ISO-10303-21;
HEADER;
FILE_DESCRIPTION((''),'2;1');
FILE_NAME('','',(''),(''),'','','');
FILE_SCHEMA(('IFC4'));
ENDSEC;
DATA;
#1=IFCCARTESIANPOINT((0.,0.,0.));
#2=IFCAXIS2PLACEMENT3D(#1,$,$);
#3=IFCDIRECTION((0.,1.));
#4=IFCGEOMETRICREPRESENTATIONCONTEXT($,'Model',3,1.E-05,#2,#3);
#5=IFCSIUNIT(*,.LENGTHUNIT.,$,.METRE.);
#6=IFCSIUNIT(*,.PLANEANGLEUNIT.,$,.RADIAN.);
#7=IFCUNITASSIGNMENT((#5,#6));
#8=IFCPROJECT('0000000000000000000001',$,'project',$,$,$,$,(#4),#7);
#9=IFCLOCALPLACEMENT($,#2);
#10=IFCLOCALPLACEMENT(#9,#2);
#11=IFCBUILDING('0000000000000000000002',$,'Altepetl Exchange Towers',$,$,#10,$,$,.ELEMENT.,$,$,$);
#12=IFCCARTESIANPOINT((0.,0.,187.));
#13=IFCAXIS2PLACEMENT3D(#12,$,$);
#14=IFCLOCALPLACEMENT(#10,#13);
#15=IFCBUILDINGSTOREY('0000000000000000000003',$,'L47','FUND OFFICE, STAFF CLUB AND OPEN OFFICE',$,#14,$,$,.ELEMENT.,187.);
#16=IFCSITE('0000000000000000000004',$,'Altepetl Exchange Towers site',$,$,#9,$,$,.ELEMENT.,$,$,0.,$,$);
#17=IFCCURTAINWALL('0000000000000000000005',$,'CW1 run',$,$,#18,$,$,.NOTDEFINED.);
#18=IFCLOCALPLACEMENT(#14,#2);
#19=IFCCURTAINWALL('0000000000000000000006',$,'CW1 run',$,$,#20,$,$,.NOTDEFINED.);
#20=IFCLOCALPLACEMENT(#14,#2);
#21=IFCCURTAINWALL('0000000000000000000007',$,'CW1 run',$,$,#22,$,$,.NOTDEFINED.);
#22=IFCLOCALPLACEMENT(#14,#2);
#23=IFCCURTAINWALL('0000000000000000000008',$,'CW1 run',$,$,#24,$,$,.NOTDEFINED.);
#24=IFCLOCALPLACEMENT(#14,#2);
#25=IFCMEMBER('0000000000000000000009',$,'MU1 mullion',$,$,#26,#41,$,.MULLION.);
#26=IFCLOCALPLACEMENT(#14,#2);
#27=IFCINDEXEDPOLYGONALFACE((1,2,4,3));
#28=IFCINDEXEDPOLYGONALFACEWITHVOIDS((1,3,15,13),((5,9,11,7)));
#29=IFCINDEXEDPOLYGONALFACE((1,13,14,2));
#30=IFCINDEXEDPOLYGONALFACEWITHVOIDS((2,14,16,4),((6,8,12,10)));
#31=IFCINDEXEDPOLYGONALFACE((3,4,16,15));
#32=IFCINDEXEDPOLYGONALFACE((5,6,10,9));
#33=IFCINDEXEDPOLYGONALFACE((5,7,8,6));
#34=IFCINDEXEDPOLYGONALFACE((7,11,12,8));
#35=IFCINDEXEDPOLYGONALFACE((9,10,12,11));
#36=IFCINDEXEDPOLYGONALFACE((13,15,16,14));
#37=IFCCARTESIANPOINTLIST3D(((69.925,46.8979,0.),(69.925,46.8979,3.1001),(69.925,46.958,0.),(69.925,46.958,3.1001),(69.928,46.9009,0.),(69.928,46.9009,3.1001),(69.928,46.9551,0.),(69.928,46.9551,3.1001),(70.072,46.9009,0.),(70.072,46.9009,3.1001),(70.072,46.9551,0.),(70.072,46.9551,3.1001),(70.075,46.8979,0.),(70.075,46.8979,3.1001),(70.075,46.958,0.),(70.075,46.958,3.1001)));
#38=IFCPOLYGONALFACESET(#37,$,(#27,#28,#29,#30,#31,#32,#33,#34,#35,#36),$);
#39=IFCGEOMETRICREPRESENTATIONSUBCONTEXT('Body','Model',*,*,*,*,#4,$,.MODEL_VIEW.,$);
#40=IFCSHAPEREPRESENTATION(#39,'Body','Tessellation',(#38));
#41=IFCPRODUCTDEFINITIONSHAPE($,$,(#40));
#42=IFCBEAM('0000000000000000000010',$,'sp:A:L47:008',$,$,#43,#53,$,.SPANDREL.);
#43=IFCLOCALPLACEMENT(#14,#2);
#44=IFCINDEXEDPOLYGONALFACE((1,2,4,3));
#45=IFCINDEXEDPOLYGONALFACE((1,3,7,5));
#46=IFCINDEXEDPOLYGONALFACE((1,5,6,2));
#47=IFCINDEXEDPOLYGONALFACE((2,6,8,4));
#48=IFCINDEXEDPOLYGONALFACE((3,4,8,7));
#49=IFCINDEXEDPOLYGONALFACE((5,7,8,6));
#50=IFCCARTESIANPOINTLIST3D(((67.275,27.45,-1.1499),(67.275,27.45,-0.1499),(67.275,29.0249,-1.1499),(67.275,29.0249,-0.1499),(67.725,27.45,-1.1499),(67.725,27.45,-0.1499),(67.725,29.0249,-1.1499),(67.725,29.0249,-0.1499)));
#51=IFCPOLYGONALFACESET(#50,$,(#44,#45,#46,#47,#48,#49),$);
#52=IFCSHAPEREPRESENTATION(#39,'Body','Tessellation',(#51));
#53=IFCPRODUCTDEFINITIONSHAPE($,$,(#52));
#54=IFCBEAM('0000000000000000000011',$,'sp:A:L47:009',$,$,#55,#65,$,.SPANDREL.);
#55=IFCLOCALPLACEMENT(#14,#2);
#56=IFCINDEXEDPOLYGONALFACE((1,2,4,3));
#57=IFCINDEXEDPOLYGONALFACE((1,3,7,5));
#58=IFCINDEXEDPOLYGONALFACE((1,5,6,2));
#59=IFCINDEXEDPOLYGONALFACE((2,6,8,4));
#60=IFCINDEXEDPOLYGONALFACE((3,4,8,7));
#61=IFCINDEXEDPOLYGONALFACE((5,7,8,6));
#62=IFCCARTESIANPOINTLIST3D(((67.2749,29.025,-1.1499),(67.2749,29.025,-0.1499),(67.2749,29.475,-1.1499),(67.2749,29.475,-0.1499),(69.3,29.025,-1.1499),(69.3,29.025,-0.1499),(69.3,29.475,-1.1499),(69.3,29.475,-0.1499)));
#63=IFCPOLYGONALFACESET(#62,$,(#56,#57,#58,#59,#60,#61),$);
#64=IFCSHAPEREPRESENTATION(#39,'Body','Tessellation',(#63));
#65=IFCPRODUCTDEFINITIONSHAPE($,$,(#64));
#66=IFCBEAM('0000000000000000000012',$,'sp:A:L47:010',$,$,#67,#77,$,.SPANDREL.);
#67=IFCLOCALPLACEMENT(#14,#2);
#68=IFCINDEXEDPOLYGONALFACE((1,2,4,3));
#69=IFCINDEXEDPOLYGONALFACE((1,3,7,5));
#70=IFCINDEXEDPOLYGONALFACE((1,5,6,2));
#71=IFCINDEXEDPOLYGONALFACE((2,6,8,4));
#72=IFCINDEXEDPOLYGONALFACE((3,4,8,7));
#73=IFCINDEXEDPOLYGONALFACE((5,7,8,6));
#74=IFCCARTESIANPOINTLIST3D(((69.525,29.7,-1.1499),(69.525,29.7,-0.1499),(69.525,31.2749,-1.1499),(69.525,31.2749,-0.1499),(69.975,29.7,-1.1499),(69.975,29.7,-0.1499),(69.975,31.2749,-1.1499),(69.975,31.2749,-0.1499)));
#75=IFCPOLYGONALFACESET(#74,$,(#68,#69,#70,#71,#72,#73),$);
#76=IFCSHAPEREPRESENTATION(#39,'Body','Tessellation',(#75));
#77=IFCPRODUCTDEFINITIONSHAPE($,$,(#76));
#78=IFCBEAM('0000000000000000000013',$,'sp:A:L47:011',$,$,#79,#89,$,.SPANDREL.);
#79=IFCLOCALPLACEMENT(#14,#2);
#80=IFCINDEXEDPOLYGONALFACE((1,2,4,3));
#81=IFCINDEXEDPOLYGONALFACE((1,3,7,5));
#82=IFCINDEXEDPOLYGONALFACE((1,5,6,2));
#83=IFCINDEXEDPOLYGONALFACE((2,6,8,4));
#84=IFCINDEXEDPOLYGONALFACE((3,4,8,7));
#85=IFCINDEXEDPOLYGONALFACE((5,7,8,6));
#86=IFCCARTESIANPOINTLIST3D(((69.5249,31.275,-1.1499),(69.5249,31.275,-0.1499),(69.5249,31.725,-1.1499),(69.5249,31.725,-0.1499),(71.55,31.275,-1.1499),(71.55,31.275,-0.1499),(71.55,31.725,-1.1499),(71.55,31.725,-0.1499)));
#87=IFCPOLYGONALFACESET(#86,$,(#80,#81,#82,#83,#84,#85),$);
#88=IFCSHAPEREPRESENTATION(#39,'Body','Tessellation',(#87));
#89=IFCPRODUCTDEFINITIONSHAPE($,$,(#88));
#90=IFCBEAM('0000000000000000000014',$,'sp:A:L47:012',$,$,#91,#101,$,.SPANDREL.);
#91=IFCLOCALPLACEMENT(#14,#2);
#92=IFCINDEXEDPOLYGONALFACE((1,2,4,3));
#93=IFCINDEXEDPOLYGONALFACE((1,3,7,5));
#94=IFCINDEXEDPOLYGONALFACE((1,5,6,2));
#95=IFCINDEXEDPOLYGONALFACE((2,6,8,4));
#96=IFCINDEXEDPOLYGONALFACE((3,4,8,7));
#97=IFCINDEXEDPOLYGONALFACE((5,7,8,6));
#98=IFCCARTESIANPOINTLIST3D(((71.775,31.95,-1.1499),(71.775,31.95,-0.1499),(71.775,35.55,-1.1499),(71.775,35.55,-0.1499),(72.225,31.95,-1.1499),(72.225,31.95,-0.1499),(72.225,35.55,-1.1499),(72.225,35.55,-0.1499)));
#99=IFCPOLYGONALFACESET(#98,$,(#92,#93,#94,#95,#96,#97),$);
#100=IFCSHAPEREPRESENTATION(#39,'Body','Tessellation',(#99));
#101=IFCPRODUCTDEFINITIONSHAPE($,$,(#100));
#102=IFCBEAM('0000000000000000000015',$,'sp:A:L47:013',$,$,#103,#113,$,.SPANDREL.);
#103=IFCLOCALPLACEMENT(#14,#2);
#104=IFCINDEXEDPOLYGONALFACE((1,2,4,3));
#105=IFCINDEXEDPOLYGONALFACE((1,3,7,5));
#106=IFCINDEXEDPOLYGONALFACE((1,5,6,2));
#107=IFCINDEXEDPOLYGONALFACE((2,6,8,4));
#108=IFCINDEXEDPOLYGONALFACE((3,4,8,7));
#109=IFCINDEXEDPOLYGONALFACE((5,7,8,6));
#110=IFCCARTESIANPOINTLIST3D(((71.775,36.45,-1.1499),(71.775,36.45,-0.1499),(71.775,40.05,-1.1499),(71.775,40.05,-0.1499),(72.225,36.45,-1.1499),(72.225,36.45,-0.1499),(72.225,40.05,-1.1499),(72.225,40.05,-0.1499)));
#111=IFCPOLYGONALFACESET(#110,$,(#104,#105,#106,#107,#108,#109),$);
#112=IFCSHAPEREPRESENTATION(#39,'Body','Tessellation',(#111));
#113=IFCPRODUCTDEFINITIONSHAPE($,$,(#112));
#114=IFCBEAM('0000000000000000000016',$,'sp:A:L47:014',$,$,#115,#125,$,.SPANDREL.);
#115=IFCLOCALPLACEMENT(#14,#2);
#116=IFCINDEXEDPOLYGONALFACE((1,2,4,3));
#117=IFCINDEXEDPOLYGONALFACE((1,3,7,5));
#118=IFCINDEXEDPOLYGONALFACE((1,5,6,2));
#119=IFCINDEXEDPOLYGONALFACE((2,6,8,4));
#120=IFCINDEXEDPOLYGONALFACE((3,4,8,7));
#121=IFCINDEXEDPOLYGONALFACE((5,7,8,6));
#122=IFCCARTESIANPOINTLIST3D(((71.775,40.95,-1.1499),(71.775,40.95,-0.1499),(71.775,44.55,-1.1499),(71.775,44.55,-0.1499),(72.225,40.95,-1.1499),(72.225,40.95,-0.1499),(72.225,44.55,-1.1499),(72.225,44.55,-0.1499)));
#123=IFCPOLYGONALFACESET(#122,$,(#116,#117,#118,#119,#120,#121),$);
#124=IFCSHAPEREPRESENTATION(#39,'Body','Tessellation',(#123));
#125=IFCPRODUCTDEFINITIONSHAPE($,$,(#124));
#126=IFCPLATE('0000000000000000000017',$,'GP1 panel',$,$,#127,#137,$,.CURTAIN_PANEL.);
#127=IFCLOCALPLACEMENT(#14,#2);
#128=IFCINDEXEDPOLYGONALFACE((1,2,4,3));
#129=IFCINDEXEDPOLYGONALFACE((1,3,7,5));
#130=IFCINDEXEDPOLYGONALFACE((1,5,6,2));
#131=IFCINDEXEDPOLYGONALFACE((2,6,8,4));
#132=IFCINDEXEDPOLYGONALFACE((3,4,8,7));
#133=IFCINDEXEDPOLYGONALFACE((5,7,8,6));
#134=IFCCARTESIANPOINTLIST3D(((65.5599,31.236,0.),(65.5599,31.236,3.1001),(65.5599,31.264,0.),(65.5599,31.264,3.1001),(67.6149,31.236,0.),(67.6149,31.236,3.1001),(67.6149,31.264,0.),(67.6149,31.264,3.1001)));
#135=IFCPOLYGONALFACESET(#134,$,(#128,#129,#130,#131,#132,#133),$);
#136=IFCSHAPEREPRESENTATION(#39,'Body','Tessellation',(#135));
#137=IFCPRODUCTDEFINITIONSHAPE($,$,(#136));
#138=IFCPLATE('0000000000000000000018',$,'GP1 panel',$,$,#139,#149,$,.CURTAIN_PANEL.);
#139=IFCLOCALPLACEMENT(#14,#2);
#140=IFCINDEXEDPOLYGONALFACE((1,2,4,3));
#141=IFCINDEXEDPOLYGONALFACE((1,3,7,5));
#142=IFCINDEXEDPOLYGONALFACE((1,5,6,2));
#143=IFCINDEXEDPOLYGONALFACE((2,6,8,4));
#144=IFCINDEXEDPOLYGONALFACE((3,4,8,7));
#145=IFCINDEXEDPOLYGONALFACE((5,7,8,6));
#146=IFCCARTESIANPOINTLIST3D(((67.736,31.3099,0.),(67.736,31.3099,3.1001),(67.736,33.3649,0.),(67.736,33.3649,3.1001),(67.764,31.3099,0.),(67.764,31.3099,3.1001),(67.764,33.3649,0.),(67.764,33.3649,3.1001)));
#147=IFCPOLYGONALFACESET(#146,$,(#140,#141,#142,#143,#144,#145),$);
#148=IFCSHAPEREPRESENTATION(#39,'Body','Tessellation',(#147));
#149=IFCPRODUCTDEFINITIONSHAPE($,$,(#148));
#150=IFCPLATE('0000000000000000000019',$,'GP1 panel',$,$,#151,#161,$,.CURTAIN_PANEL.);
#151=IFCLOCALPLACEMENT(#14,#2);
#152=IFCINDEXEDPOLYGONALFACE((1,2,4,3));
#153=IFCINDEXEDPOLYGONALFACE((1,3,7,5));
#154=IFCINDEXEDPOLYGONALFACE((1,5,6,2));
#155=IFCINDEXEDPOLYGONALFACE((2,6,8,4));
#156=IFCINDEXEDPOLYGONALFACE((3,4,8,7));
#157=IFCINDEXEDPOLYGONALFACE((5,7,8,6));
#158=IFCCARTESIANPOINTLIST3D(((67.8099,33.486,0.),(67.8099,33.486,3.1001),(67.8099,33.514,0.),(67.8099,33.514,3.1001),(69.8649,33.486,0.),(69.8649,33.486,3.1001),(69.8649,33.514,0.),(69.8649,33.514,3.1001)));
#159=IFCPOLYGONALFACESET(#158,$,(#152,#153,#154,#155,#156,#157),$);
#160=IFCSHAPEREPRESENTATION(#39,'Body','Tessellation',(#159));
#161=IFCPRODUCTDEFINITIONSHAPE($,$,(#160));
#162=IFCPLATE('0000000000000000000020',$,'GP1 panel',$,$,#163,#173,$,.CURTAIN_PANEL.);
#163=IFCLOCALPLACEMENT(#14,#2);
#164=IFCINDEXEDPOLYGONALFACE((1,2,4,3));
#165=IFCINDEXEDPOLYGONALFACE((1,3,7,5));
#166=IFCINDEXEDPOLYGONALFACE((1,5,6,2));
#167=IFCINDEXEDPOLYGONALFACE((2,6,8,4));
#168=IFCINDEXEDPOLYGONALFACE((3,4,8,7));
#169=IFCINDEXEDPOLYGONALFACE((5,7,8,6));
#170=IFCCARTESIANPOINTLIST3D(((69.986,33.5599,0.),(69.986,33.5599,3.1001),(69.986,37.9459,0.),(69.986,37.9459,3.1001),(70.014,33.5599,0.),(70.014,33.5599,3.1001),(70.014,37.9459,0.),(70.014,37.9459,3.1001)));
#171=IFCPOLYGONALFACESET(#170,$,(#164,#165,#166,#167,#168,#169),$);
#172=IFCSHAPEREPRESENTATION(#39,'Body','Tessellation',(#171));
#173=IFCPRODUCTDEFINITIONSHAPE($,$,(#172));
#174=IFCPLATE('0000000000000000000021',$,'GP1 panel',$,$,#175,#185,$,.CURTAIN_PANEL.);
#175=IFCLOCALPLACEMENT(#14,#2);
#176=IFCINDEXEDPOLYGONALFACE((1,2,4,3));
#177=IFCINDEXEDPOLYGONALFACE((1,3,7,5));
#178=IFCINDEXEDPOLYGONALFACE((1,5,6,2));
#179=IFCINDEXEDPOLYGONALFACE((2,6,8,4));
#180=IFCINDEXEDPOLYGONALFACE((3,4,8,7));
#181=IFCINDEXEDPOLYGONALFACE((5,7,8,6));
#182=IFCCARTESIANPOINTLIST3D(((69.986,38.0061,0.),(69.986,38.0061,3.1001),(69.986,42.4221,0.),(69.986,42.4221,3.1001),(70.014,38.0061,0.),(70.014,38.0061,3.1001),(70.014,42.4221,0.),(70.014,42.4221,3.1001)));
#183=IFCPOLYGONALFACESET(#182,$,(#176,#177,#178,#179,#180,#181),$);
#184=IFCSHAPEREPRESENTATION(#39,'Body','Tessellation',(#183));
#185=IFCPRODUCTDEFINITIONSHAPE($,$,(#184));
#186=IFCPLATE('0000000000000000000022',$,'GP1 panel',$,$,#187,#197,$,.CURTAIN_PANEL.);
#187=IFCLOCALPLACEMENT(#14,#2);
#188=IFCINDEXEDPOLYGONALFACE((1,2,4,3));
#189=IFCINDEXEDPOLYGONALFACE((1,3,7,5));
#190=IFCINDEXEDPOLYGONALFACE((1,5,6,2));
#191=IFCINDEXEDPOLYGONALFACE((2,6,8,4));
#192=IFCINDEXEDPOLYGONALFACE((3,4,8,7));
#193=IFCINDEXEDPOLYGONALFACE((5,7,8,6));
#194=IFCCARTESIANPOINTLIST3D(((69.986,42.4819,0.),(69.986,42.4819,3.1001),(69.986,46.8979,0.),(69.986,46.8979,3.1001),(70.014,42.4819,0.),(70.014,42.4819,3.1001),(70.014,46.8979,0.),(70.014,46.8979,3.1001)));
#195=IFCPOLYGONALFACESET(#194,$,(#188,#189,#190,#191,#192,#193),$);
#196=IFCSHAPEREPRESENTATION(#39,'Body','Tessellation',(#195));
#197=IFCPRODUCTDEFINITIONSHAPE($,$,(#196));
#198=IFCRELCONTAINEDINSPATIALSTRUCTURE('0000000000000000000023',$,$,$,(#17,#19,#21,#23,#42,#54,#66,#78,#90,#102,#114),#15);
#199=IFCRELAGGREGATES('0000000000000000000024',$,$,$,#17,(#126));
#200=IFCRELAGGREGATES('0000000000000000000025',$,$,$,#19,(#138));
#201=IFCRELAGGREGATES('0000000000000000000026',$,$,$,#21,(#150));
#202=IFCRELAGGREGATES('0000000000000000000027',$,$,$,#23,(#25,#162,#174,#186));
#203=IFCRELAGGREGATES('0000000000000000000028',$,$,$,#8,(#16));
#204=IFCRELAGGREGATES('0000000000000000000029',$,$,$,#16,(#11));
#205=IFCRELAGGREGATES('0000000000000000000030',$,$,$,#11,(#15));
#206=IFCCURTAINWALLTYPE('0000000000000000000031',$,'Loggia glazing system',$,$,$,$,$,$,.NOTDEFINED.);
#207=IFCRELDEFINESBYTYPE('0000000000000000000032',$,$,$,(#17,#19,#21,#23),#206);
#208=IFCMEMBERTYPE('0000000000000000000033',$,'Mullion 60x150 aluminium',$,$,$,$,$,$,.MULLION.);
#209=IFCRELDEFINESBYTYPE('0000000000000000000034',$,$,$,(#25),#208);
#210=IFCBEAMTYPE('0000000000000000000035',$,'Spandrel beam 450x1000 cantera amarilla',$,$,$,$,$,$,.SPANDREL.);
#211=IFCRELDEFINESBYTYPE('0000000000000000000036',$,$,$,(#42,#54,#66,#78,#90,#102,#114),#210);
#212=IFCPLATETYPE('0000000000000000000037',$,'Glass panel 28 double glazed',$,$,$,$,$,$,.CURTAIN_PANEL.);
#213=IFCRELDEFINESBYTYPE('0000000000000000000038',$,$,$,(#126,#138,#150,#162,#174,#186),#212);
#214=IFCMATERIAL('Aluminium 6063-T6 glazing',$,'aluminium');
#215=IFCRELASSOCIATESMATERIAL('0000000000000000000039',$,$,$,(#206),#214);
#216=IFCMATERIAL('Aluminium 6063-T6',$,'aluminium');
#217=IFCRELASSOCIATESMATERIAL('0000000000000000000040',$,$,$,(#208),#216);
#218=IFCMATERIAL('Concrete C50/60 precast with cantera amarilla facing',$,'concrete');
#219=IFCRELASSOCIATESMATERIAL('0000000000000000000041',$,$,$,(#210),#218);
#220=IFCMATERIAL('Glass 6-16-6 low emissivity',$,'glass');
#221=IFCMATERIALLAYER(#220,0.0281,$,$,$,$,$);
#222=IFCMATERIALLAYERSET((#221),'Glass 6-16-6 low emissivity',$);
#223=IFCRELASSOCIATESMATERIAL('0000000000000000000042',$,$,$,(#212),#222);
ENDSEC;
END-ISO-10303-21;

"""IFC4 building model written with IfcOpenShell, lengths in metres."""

from ifc_helpers import new_model, si_unit, direction, frame, origin, origin_2d, place, context, subcontext, project, spatial, rectangle, hollow_rectangle, extrude, material, layer, layer_set, material_profile, profile_set, type_object, element, aggregate, save


model = new_model("IFC4")

# Units and contexts
model_context = context("Model", 3, precision=1e-05, world=origin(), true_north=direction((0.0, 1.0)))
body_context = subcontext(model_context, "Body", "Model", "MODEL_VIEW")
ifc_project = project(units=[si_unit("LENGTHUNIT", "METRE"), si_unit("PLANEANGLEUNIT", "RADIAN")], contexts=[model_context])

# Site, building, storey
site_placement = place(None, origin())
site = spatial("IfcSite", under=ifc_project, at=site_placement, Name="Altepetl Exchange Towers site", CompositionType="ELEMENT", RefElevation=0.0)
building_placement = place(site_placement, origin())
building = spatial("IfcBuilding", under=site, at=building_placement, Name="Altepetl Exchange Towers", CompositionType="ELEMENT")
storey_placement = place(building_placement, frame((0.0, 0.0, 187.0)))
storey = spatial("IfcBuildingStorey", under=building, at=storey_placement, Name="L47", Description="FUND OFFICE, STAFF CLUB AND OPEN OFFICE", CompositionType="ELEMENT", Elevation=187.0)

# Curtain wall
ifc_material_1 = material(Name="Aluminium 6063-T6 glazing", Category="aluminium")
curtain_wall_type = type_object("IfcCurtainWallType", Name="Loggia glazing system", PredefinedType="NOTDEFINED", material=ifc_material_1)
curtain_wall_1_placement = place(storey_placement, origin())
curtain_wall_1 = element("IfcCurtainWall", 1, at=curtain_wall_1_placement, inside=storey, type_object=curtain_wall_type, Name="CW1 run", PredefinedType="NOTDEFINED")
ifc_material_2 = material(Name="Aluminium 6063-T6", Category="aluminium")
ifc_material_profile_1 = material_profile(ifc_material_2, hollow_rectangle(XDim=0.0601, YDim=0.1499, WallThickness=0.0029, at=origin_2d()), Name="Mullion 60x150 aluminium")
ifc_profile_set_1 = profile_set([ifc_material_profile_1], Name="Aluminium 6063-T6")
member_type = type_object("IfcMemberType", Name="Mullion 60x150 aluminium", PredefinedType="MULLION", material=ifc_profile_set_1)

# Curtain walls, member
curtain_wall_2_placement = place(storey_placement, origin())
curtain_wall_2 = element("IfcCurtainWall", 2, at=curtain_wall_2_placement, inside=storey, type_object=curtain_wall_type, Name="CW1 run", PredefinedType="NOTDEFINED")
curtain_wall_3_placement = place(storey_placement, origin())
curtain_wall_3 = element("IfcCurtainWall", 3, at=curtain_wall_3_placement, inside=storey, type_object=curtain_wall_type, Name="CW1 run", PredefinedType="NOTDEFINED")
curtain_wall_4_placement = place(storey_placement, origin())
curtain_wall_4 = element("IfcCurtainWall", 4, at=curtain_wall_4_placement, inside=storey, type_object=curtain_wall_type, Name="CW1 run", PredefinedType="NOTDEFINED")
member_1_placement = place(storey_placement, frame((70.0, 46.928, 0.0), z_axis=(0.0, 0.0, 1.0), x_axis=(0.0, 1.0, 0.0)))
member_1 = element("IfcMember", 5, at=member_1_placement, type_object=member_type, Name="MU1 mullion", PredefinedType="MULLION", context=body_context, shape_type="SweptSolid", body=[
    extrude(hollow_rectangle(XDim=0.0601, YDim=0.1499, WallThickness=0.0029, at=origin_2d()), origin(), (0.0, 0.0, 1.0), 3.1001),
])

# Beams
ifc_material_3 = material(Name="Concrete C50/60 precast with cantera amarilla facing", Category="concrete")
ifc_material_profile_2 = material_profile(ifc_material_3, rectangle(XDim=0.45, YDim=1.0, at=origin_2d()), Name="450 x 1000")
ifc_profile_set_2 = profile_set([ifc_material_profile_2], Name="Concrete C50/60 precast with cantera amarilla facing")
beam_type = type_object("IfcBeamType", Name="Spandrel beam 450x1000 cantera amarilla", PredefinedType="SPANDREL", material=ifc_profile_set_2)
beam_1_placement = place(storey_placement, frame((67.5, 27.45, -0.6499), z_axis=(0.0, 1.0, 0.0), x_axis=(-1.0, 0.0, 0.0)))
element("IfcBeam", 6, at=beam_1_placement, inside=storey, type_object=beam_type, Name="sp:A:L47:008", PredefinedType="SPANDREL", context=body_context, shape_type="SweptSolid", body=[
    extrude(rectangle(XDim=0.45, YDim=1.0, at=origin_2d()), origin(), (0.0, 0.0, 1.0), 1.575),
])
beam_2_placement = place(storey_placement, frame((67.2749, 29.25, -0.6499), z_axis=(1.0, 0.0, 0.0), x_axis=(0.0, 1.0, 0.0)))
element("IfcBeam", 7, at=beam_2_placement, inside=storey, type_object=beam_type, Name="sp:A:L47:009", PredefinedType="SPANDREL", context=body_context, shape_type="SweptSolid", body=[
    extrude(rectangle(XDim=0.45, YDim=1.0, at=origin_2d()), origin(), (0.0, 0.0, 1.0), 2.0251),
])
beam_3_placement = place(storey_placement, frame((69.75, 29.7, -0.6499), z_axis=(0.0, 1.0, 0.0), x_axis=(-1.0, 0.0, 0.0)))
element("IfcBeam", 8, at=beam_3_placement, inside=storey, type_object=beam_type, Name="sp:A:L47:010", PredefinedType="SPANDREL", context=body_context, shape_type="SweptSolid", body=[
    extrude(rectangle(XDim=0.45, YDim=1.0, at=origin_2d()), origin(), (0.0, 0.0, 1.0), 1.575),
])
beam_4_placement = place(storey_placement, frame((69.5249, 31.5, -0.6499), z_axis=(1.0, 0.0, 0.0), x_axis=(0.0, 1.0, 0.0)))
element("IfcBeam", 9, at=beam_4_placement, inside=storey, type_object=beam_type, Name="sp:A:L47:011", PredefinedType="SPANDREL", context=body_context, shape_type="SweptSolid", body=[
    extrude(rectangle(XDim=0.45, YDim=1.0, at=origin_2d()), origin(), (0.0, 0.0, 1.0), 2.0251),
])
for number, where, z_axis, x_axis, name in (
    (10, (72.0, 31.95, -0.6499), (0.0, 1.0, 0.0), (-1.0, 0.0, 0.0), "sp:A:L47:012"),
    (11, (72.0, 36.45, -0.6499), (0.0, 1.0, 0.0), (-1.0, 0.0, 0.0), "sp:A:L47:013"),
    (12, (72.0, 40.95, -0.6499), (0.0, 1.0, 0.0), (-1.0, 0.0, 0.0), "sp:A:L47:014"),
):
    element("IfcBeam", number, at=place(storey_placement, frame(where, z_axis=z_axis, x_axis=x_axis)), inside=storey, type_object=beam_type, Name=name, PredefinedType="SPANDREL", context=body_context, shape_type="SweptSolid", body=[
        extrude(rectangle(XDim=0.45, YDim=1.0, at=origin_2d()), origin(), (0.0, 0.0, 1.0), 3.6001),
    ])

# Plates
ifc_material_4 = material(Name="Glass 6-16-6 low emissivity", Category="glass")
ifc_layer = layer(ifc_material_4, 0.0281)
ifc_layer_set = layer_set([ifc_layer], Name="Glass 6-16-6 low emissivity")
plate_type = type_object("IfcPlateType", Name="Glass panel 28 double glazed", PredefinedType="CURTAIN_PANEL", material=ifc_layer_set)
plate_1_placement = place(storey_placement, frame((66.5874, 31.25, 0.0)))
plate_1 = element("IfcPlate", 13, at=plate_1_placement, type_object=plate_type, Name="GP1 panel", PredefinedType="CURTAIN_PANEL", context=body_context, shape_type="SweptSolid", body=[
    extrude(rectangle(XDim=2.0549, YDim=0.0281, at=origin_2d()), origin(), (0.0, 0.0, 1.0), 3.1001),
])
aggregate(curtain_wall_1, [plate_1])
plate_2_placement = place(storey_placement, frame((67.75, 32.3374, 0.0), z_axis=(0.0, 0.0, 1.0), x_axis=(0.0, 1.0, 0.0)))
plate_2 = element("IfcPlate", 14, at=plate_2_placement, type_object=plate_type, Name="GP1 panel", PredefinedType="CURTAIN_PANEL", context=body_context, shape_type="SweptSolid", body=[
    extrude(rectangle(XDim=2.0549, YDim=0.0281, at=origin_2d()), origin(), (0.0, 0.0, 1.0), 3.1001),
])
aggregate(curtain_wall_2, [plate_2])
plate_3_placement = place(storey_placement, frame((68.8374, 33.5, 0.0)))
plate_3 = element("IfcPlate", 15, at=plate_3_placement, type_object=plate_type, Name="GP1 panel", PredefinedType="CURTAIN_PANEL", context=body_context, shape_type="SweptSolid", body=[
    extrude(rectangle(XDim=2.0549, YDim=0.0281, at=origin_2d()), origin(), (0.0, 0.0, 1.0), 3.1001),
])
aggregate(curtain_wall_3, [plate_3])
plate_4_placement = place(storey_placement, frame((70.0, 35.7529, 0.0), z_axis=(0.0, 0.0, 1.0), x_axis=(0.0, 1.0, 0.0)))
plate_4 = element("IfcPlate", 16, at=plate_4_placement, type_object=plate_type, Name="GP1 panel", PredefinedType="CURTAIN_PANEL", context=body_context, shape_type="SweptSolid", body=[
    extrude(rectangle(XDim=4.386, YDim=0.0281, at=origin_2d()), origin(), (0.0, 0.0, 1.0), 3.1001),
])
plate_5_placement = place(storey_placement, frame((70.0, 40.2141, 0.0), z_axis=(0.0, 0.0, 1.0), x_axis=(0.0, 1.0, 0.0)))
plate_5 = element("IfcPlate", 17, at=plate_5_placement, type_object=plate_type, Name="GP1 panel", PredefinedType="CURTAIN_PANEL", context=body_context, shape_type="SweptSolid", body=[
    extrude(rectangle(XDim=4.416, YDim=0.0281, at=origin_2d()), origin(), (0.0, 0.0, 1.0), 3.1001),
])
plate_6_placement = place(storey_placement, frame((70.0, 44.6899, 0.0), z_axis=(0.0, 0.0, 1.0), x_axis=(0.0, 1.0, 0.0)))
plate_6 = element("IfcPlate", 18, at=plate_6_placement, type_object=plate_type, Name="GP1 panel", PredefinedType="CURTAIN_PANEL", context=body_context, shape_type="SweptSolid", body=[
    extrude(rectangle(XDim=4.416, YDim=0.0281, at=origin_2d()), origin(), (0.0, 0.0, 1.0), 3.1001),
])
aggregate(curtain_wall_4, [member_1, plate_4, plate_5, plate_6])

save(model, "model.ifc")
